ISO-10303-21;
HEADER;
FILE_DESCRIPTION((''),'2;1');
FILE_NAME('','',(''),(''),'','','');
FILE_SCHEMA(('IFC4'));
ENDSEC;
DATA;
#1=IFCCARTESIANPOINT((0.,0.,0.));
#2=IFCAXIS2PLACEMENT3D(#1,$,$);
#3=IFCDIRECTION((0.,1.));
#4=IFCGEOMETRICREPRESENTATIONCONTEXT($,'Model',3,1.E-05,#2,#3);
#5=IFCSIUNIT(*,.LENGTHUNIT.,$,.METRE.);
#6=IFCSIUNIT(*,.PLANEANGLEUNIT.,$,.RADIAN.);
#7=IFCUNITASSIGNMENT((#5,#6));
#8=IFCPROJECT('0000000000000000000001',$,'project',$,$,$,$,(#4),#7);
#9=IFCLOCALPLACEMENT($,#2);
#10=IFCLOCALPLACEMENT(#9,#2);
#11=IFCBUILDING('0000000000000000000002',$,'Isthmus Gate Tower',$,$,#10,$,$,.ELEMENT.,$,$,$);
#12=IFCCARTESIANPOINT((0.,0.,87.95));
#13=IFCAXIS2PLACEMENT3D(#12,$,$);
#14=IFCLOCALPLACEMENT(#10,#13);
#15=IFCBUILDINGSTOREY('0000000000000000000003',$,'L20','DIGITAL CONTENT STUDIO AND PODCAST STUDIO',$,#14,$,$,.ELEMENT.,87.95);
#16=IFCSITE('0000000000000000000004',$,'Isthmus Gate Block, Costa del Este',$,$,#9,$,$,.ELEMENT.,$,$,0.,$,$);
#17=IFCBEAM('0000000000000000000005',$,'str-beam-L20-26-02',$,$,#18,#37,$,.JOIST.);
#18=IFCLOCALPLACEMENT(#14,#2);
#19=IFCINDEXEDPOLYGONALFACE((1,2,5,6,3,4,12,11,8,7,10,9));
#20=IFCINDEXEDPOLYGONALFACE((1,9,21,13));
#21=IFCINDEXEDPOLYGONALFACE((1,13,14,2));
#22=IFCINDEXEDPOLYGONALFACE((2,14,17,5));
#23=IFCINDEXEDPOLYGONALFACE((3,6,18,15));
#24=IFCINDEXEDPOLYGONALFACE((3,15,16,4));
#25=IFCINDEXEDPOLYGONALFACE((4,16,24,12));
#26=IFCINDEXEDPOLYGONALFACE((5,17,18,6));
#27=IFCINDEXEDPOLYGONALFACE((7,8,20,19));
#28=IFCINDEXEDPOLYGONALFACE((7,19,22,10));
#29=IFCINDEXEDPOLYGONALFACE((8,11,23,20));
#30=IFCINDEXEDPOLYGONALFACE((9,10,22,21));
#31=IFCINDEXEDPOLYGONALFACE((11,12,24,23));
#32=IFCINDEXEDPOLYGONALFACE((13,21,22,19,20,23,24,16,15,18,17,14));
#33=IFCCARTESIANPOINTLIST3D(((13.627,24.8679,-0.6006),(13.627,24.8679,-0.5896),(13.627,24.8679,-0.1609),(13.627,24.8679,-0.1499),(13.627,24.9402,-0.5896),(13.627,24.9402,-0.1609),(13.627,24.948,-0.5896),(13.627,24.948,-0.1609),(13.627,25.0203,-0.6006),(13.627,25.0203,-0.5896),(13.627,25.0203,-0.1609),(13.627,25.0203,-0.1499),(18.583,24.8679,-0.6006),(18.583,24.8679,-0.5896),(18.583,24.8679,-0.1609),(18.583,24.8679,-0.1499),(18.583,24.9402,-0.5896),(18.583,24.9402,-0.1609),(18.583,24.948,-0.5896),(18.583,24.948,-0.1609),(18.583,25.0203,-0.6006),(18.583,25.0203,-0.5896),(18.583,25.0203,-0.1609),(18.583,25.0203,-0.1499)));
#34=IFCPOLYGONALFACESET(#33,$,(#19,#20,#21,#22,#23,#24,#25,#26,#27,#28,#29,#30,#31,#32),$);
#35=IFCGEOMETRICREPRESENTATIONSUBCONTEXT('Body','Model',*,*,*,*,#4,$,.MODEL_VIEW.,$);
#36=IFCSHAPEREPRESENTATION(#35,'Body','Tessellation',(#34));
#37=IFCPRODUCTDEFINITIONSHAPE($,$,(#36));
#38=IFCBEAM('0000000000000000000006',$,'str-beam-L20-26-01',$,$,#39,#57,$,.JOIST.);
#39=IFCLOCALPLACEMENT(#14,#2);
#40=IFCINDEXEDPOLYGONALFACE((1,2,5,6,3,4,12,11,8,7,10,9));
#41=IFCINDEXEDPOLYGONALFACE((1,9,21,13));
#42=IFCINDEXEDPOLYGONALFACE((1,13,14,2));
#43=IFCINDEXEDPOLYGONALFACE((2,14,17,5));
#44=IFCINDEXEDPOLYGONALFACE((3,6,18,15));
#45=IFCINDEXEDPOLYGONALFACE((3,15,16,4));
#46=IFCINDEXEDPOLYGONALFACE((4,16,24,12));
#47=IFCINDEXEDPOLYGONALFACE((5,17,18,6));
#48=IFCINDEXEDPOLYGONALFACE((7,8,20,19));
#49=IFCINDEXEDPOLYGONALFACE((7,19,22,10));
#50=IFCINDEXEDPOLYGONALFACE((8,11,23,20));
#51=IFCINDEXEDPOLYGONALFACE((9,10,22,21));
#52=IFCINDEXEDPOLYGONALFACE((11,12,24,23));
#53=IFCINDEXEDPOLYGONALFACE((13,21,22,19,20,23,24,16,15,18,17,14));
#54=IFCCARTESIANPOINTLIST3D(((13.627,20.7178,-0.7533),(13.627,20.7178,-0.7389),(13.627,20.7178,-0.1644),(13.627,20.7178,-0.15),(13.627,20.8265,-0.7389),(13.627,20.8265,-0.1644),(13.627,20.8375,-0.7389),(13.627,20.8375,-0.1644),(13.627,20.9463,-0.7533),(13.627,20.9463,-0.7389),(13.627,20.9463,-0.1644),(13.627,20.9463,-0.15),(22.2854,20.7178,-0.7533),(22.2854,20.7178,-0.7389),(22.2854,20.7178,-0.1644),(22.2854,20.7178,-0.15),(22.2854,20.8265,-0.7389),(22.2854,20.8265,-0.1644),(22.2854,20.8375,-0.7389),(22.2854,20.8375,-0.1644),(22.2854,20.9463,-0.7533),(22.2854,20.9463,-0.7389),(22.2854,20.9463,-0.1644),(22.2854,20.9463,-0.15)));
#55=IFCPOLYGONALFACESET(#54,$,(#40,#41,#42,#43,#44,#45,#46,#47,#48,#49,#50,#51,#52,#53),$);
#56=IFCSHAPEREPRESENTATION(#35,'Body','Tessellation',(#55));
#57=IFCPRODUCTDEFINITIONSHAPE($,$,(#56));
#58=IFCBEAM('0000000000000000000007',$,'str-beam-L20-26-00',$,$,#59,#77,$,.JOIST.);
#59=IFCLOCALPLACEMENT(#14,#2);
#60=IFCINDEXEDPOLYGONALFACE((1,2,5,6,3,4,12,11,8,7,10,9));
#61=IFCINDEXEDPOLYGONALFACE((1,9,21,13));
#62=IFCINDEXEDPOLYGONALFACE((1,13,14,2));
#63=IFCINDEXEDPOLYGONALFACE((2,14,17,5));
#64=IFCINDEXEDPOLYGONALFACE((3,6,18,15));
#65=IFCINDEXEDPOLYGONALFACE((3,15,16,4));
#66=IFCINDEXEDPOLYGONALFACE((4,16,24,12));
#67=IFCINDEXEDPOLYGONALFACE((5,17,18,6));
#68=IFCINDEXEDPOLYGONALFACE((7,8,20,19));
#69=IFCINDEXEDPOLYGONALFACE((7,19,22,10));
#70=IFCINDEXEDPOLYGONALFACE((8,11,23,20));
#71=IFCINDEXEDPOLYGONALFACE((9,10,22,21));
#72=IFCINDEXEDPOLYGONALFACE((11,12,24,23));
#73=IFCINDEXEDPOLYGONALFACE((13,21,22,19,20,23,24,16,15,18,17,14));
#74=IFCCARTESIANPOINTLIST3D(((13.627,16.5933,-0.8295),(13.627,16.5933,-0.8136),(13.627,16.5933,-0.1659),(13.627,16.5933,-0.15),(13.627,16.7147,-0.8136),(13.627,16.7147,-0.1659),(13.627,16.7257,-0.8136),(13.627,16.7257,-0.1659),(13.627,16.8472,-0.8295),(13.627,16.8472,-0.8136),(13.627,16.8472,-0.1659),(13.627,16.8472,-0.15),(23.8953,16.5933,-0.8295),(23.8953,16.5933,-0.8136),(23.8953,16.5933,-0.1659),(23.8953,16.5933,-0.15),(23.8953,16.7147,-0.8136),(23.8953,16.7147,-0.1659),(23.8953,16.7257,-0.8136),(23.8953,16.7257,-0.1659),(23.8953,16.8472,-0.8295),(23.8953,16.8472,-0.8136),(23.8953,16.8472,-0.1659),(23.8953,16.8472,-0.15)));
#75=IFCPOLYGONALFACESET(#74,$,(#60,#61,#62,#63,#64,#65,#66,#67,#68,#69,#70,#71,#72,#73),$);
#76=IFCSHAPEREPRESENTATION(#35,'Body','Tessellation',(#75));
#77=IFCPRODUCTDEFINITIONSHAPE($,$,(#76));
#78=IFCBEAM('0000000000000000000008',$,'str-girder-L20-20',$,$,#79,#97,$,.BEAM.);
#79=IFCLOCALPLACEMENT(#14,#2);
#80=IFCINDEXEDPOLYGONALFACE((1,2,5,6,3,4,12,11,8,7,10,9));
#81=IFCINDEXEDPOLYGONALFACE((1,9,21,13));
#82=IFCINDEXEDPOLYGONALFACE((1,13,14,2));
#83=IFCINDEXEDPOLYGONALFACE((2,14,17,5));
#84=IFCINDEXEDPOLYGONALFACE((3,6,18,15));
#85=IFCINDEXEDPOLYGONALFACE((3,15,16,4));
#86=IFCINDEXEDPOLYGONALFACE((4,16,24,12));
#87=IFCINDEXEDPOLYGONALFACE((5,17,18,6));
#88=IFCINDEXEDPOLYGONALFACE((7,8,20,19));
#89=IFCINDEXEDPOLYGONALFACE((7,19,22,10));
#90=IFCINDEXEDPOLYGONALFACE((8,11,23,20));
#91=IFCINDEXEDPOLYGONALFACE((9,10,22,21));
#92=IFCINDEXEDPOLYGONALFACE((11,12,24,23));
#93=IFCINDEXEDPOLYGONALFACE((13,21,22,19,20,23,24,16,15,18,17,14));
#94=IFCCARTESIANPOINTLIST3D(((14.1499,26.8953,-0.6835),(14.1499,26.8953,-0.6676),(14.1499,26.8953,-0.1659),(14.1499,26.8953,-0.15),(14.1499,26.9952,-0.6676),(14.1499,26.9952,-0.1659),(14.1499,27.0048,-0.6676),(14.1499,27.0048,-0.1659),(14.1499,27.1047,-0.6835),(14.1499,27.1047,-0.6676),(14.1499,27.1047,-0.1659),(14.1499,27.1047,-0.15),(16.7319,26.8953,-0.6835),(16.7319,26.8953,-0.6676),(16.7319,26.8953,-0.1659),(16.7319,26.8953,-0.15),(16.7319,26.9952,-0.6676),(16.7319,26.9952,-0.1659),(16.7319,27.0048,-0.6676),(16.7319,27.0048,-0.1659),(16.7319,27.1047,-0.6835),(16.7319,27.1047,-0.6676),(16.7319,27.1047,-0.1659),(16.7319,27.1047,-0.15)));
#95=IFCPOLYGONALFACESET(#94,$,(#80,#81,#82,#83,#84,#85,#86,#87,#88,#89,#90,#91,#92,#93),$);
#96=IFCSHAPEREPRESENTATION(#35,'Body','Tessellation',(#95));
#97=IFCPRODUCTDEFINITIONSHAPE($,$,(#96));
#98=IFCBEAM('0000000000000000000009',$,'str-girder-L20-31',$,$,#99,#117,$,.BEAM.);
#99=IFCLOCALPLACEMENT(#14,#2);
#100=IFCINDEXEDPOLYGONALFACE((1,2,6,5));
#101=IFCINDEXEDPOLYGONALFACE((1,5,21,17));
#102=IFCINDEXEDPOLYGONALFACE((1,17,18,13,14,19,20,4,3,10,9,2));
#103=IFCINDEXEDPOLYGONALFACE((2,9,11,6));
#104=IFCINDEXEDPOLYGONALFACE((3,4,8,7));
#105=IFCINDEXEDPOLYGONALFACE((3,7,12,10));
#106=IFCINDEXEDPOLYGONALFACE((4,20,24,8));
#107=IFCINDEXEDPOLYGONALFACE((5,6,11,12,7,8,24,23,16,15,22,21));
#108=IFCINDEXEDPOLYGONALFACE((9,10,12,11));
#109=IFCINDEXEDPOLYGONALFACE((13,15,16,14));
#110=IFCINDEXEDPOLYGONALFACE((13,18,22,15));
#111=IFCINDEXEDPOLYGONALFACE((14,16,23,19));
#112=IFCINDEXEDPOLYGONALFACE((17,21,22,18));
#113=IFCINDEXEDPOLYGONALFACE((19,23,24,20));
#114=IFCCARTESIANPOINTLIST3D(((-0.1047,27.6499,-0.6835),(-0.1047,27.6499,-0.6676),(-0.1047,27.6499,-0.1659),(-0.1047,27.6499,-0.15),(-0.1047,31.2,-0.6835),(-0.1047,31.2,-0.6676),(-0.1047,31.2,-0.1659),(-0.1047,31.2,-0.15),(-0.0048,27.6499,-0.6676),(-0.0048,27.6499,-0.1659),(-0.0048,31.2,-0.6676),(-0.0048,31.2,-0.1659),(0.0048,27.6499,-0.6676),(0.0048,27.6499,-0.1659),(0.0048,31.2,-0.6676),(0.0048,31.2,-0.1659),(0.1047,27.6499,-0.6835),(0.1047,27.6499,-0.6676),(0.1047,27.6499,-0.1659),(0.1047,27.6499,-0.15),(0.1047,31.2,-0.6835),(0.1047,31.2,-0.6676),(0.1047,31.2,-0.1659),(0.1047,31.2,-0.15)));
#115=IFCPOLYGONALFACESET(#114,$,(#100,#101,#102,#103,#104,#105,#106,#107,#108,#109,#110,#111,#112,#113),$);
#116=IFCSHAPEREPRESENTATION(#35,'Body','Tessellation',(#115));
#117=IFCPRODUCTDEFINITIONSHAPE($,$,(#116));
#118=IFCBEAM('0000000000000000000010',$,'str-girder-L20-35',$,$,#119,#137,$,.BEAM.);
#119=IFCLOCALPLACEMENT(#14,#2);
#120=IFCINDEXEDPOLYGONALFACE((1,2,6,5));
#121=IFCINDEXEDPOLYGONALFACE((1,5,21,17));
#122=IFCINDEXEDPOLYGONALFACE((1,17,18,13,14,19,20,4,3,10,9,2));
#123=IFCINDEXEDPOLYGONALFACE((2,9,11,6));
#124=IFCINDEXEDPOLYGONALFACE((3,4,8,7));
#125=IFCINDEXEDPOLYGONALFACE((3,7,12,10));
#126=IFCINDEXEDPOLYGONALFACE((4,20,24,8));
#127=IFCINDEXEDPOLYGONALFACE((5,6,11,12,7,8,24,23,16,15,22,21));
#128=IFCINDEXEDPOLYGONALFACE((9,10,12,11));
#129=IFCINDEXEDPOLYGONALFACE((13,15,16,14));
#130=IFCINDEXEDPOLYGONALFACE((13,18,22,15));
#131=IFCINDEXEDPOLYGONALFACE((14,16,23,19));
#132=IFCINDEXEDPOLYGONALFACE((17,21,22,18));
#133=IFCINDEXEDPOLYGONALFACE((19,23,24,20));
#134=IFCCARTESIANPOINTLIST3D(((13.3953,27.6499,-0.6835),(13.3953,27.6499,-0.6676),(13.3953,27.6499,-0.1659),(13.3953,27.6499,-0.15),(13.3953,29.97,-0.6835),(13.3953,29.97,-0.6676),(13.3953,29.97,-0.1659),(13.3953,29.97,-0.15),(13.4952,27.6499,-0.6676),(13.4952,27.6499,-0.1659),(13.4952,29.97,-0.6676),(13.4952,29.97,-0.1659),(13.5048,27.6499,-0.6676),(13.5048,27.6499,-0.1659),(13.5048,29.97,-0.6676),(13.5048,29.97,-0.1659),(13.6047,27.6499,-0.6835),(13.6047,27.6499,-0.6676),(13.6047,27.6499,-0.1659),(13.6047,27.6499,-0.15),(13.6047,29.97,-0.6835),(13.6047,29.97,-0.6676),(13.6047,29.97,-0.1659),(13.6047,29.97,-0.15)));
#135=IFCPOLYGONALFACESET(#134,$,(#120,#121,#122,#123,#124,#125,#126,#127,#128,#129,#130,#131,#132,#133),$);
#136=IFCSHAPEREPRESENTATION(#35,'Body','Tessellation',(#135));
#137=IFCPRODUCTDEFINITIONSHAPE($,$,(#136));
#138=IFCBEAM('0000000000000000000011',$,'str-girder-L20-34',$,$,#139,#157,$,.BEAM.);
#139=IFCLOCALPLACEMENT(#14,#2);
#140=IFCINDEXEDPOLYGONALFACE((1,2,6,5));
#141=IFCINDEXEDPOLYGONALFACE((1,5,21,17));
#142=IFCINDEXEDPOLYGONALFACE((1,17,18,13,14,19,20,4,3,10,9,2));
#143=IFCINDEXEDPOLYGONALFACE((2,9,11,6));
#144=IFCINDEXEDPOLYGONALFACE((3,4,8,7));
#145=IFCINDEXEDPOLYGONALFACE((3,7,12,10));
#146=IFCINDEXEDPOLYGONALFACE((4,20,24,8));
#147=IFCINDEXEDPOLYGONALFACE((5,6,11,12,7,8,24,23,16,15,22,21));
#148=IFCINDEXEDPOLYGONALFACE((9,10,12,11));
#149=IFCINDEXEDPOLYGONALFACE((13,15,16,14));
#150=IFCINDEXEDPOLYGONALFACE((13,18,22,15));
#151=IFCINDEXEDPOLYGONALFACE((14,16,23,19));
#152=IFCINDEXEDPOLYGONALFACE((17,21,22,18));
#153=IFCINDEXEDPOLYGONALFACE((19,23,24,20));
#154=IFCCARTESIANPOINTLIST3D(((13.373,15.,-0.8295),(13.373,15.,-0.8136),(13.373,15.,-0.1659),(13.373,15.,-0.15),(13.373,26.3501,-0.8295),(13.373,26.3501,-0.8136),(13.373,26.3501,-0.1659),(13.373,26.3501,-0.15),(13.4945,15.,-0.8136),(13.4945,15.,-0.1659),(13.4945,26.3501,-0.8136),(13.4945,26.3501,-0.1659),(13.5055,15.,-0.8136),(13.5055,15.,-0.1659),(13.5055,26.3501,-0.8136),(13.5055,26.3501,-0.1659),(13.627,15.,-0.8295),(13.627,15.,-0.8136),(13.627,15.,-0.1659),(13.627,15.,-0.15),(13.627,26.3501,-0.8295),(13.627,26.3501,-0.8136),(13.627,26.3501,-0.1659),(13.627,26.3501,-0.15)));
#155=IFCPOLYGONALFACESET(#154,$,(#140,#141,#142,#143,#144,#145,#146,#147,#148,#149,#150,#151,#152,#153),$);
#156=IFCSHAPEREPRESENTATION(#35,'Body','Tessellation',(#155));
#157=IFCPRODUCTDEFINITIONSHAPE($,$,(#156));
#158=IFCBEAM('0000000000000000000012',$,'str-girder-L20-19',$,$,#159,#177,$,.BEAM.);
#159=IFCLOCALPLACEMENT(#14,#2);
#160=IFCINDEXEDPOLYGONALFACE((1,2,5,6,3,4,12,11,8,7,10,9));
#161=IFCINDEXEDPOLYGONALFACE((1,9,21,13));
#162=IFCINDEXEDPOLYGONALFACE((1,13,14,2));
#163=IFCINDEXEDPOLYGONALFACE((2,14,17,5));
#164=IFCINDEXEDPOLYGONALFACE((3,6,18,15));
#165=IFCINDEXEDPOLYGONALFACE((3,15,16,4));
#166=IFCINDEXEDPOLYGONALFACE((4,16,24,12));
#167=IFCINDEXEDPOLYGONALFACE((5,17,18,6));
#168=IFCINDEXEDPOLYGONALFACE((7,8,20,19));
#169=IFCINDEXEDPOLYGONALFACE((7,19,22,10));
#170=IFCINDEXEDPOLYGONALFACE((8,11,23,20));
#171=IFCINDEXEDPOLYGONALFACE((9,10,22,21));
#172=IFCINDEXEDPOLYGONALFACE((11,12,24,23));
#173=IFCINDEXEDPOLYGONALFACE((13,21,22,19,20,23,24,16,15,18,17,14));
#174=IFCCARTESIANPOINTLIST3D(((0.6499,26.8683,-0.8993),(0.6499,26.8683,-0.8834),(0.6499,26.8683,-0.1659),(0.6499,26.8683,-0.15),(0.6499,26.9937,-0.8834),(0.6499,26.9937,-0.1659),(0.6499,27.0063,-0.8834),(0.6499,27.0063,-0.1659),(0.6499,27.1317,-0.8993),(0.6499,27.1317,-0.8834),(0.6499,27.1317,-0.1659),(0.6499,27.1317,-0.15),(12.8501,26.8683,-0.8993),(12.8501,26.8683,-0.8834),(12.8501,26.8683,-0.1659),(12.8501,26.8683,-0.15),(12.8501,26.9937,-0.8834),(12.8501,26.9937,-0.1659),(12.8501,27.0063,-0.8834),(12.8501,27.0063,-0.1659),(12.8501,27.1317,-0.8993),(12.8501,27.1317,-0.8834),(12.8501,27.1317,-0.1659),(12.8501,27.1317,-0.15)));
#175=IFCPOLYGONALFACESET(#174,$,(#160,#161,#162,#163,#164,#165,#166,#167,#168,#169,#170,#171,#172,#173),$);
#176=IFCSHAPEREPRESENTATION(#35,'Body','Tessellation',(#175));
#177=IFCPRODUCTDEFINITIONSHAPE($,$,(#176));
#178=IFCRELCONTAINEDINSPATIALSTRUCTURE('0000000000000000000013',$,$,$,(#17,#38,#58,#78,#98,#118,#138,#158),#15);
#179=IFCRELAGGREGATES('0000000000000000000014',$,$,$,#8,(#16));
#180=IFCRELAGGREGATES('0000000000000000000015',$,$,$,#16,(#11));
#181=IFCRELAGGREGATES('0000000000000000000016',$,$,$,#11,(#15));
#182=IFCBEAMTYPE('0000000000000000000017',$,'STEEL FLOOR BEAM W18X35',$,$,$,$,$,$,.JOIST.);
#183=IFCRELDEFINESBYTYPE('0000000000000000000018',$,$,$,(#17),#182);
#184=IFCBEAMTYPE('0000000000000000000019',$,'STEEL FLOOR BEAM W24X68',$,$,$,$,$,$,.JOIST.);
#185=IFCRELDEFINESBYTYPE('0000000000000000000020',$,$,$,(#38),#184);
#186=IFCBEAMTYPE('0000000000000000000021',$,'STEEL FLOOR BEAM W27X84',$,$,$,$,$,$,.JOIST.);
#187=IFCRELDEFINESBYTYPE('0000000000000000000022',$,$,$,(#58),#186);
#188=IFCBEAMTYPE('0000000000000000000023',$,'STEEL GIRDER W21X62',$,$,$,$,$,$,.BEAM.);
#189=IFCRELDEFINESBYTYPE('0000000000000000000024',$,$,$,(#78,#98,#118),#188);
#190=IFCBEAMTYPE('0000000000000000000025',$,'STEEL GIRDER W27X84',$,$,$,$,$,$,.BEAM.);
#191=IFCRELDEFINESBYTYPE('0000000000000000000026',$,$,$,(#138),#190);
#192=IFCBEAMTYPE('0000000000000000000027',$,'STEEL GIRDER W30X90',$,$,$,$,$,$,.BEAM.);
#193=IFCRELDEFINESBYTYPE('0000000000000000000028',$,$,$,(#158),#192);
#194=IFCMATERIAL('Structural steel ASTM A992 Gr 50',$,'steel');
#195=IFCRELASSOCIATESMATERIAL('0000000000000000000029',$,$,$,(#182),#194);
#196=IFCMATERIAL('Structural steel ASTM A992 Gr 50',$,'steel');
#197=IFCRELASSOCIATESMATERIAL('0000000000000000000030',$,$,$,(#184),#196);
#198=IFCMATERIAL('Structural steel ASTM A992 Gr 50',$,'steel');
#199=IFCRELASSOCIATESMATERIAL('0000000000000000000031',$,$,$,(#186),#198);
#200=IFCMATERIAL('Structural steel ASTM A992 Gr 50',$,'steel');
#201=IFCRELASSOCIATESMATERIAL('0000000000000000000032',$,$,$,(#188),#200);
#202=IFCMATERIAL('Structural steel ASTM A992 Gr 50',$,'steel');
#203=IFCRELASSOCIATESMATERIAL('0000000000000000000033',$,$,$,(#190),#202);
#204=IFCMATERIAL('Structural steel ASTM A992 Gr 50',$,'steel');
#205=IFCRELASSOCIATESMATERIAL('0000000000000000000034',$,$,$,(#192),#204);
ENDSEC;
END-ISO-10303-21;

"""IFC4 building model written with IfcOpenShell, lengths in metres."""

from ifc_helpers import new_model, si_unit, direction, frame, origin, origin_2d, place, context, subcontext, project, spatial, i_section, extrude, material, material_profile, profile_set, type_object, element, save


model = new_model("IFC4")

# Units and contexts
model_context = context("Model", 3, precision=1e-05, world=origin(), true_north=direction((0.0, 1.0)))
body_context = subcontext(model_context, "Body", "Model", "MODEL_VIEW")
ifc_project = project(units=[si_unit("LENGTHUNIT", "METRE"), si_unit("PLANEANGLEUNIT", "RADIAN")], contexts=[model_context])

# Site, building, storey
site_placement = place(None, origin())
site = spatial("IfcSite", under=ifc_project, at=site_placement, Name="Isthmus Gate Block, Costa del Este", CompositionType="ELEMENT", RefElevation=0.0)
building_placement = place(site_placement, origin())
building = spatial("IfcBuilding", under=site, at=building_placement, Name="Isthmus Gate Tower", CompositionType="ELEMENT")
storey_placement = place(building_placement, frame((0.0, 0.0, 87.95)))
storey = spatial("IfcBuildingStorey", under=building, at=storey_placement, Name="L20", Description="DIGITAL CONTENT STUDIO AND PODCAST STUDIO", CompositionType="ELEMENT", Elevation=87.95)

# Beams
ifc_material_1 = material(Name="Structural steel ASTM A992 Gr 50", Category="steel")
ifc_material_profile_1 = material_profile(ifc_material_1, i_section(OverallWidth=0.1523, OverallDepth=0.4507, WebThickness=0.0078, FlangeThickness=0.011, at=origin_2d()), Name="W18X35")
ifc_profile_set_1 = profile_set([ifc_material_profile_1], Name="Structural steel ASTM A992 Gr 50")
beam_type_1 = type_object("IfcBeamType", Name="STEEL FLOOR BEAM W18X35", PredefinedType="JOIST", material=ifc_profile_set_1)
beam_1_placement = place(storey_placement, frame((13.627, 24.9441, -0.3752), z_axis=(1.0, 0.0, 0.0), x_axis=(0.0, 1.0, 0.0)))
element("IfcBeam", 1, at=beam_1_placement, inside=storey, type_object=beam_type_1, Name="str-beam-L20-26-02", PredefinedType="JOIST", context=body_context, shape_type="SweptSolid", body=[
    extrude(i_section(OverallWidth=0.1523, OverallDepth=0.4507, WebThickness=0.0078, FlangeThickness=0.011, at=origin_2d()), origin(), (0.0, 0.0, 1.0), 4.9561),
])
ifc_material_2 = material(Name="Structural steel ASTM A992 Gr 50", Category="steel")
ifc_material_profile_2 = material_profile(ifc_material_2, i_section(OverallWidth=0.2285, OverallDepth=0.6033, WebThickness=0.011, FlangeThickness=0.0144, at=origin_2d()), Name="W24X68")
ifc_profile_set_2 = profile_set([ifc_material_profile_2], Name="Structural steel ASTM A992 Gr 50")
beam_type_2 = type_object("IfcBeamType", Name="STEEL FLOOR BEAM W24X68", PredefinedType="JOIST", material=ifc_profile_set_2)
beam_2_placement = place(storey_placement, frame((13.627, 20.832, -0.4517), z_axis=(1.0, 0.0, 0.0), x_axis=(0.0, 1.0, 0.0)))
element("IfcBeam", 2, at=beam_2_placement, inside=storey, type_object=beam_type_2, Name="str-beam-L20-26-01", PredefinedType="JOIST", context=body_context, shape_type="SweptSolid", body=[
    extrude(i_section(OverallWidth=0.2285, OverallDepth=0.6033, WebThickness=0.011, FlangeThickness=0.0144, at=origin_2d()), origin(), (0.0, 0.0, 1.0), 8.6584),
])
ifc_material_3 = material(Name="Structural steel ASTM A992 Gr 50", Category="steel")
ifc_material_profile_3 = material_profile(ifc_material_3, i_section(OverallWidth=0.2539, OverallDepth=0.6794, WebThickness=0.011, FlangeThickness=0.0159, at=origin_2d()), Name="W27X84")
ifc_profile_set_3 = profile_set([ifc_material_profile_3], Name="Structural steel ASTM A992 Gr 50")
beam_type_3 = type_object("IfcBeamType", Name="STEEL FLOOR BEAM W27X84", PredefinedType="JOIST", material=ifc_profile_set_3)
beam_3_placement = place(storey_placement, frame((13.627, 16.7202, -0.4897), z_axis=(1.0, 0.0, 0.0), x_axis=(0.0, 1.0, 0.0)))
element("IfcBeam", 3, at=beam_3_placement, inside=storey, type_object=beam_type_3, Name="str-beam-L20-26-00", PredefinedType="JOIST", context=body_context, shape_type="SweptSolid", body=[
    extrude(i_section(OverallWidth=0.2539, OverallDepth=0.6794, WebThickness=0.011, FlangeThickness=0.0159, at=origin_2d()), origin(), (0.0, 0.0, 1.0), 10.2683),
])
ifc_material_4 = material(Name="Structural steel ASTM A992 Gr 50", Category="steel")
ifc_material_profile_4 = material_profile(ifc_material_4, i_section(OverallWidth=0.2095, OverallDepth=0.5334, WebThickness=0.0095, FlangeThickness=0.0159, at=origin_2d()), Name="W21X62")
ifc_profile_set_4 = profile_set([ifc_material_profile_4], Name="Structural steel ASTM A992 Gr 50")
beam_type_4 = type_object("IfcBeamType", Name="STEEL GIRDER W21X62", PredefinedType="BEAM", material=ifc_profile_set_4)
beam_4_placement = place(storey_placement, frame((14.1499, 27.0, -0.4167), z_axis=(1.0, 0.0, 0.0), x_axis=(0.0, 1.0, 0.0)))
element("IfcBeam", 4, at=beam_4_placement, inside=storey, type_object=beam_type_4, Name="str-girder-L20-20", PredefinedType="BEAM", context=body_context, shape_type="SweptSolid", body=[
    extrude(i_section(OverallWidth=0.2095, OverallDepth=0.5334, WebThickness=0.0095, FlangeThickness=0.0159, at=origin_2d()), origin(), (0.0, 0.0, 1.0), 2.582),
])
beam_5_placement = place(storey_placement, frame((0.0, 27.6499, -0.4167), z_axis=(0.0, 1.0, 0.0), x_axis=(-1.0, 0.0, 0.0)))
element("IfcBeam", 5, at=beam_5_placement, inside=storey, type_object=beam_type_4, Name="str-girder-L20-31", PredefinedType="BEAM", context=body_context, shape_type="SweptSolid", body=[
    extrude(i_section(OverallWidth=0.2095, OverallDepth=0.5334, WebThickness=0.0095, FlangeThickness=0.0159, at=origin_2d()), origin(), (0.0, 0.0, 1.0), 3.55),
])
beam_6_placement = place(storey_placement, frame((13.5, 27.6499, -0.4167), z_axis=(0.0, 1.0, 0.0), x_axis=(-1.0, 0.0, 0.0)))
element("IfcBeam", 6, at=beam_6_placement, inside=storey, type_object=beam_type_4, Name="str-girder-L20-35", PredefinedType="BEAM", context=body_context, shape_type="SweptSolid", body=[
    extrude(i_section(OverallWidth=0.2095, OverallDepth=0.5334, WebThickness=0.0095, FlangeThickness=0.0159, at=origin_2d()), origin(), (0.0, 0.0, 1.0), 2.3201),
])
ifc_material_5 = material(Name="Structural steel ASTM A992 Gr 50", Category="steel")
ifc_material_profile_5 = material_profile(ifc_material_5, i_section(OverallWidth=0.2539, OverallDepth=0.6794, WebThickness=0.011, FlangeThickness=0.0159, at=origin_2d()), Name="W27X84")
ifc_profile_set_5 = profile_set([ifc_material_profile_5], Name="Structural steel ASTM A992 Gr 50")
beam_type_5 = type_object("IfcBeamType", Name="STEEL GIRDER W27X84", PredefinedType="BEAM", material=ifc_profile_set_5)
beam_7_placement = place(storey_placement, frame((13.5, 15.0, -0.4897), z_axis=(0.0, 1.0, 0.0), x_axis=(-1.0, 0.0, 0.0)))
element("IfcBeam", 7, at=beam_7_placement, inside=storey, type_object=beam_type_5, Name="str-girder-L20-34", PredefinedType="BEAM", context=body_context, shape_type="SweptSolid", body=[
    extrude(i_section(OverallWidth=0.2539, OverallDepth=0.6794, WebThickness=0.011, FlangeThickness=0.0159, at=origin_2d()), origin(), (0.0, 0.0, 1.0), 11.3501),
])
ifc_material_6 = material(Name="Structural steel ASTM A992 Gr 50", Category="steel")
ifc_material_profile_6 = material_profile(ifc_material_6, i_section(OverallWidth=0.2634, OverallDepth=0.7493, WebThickness=0.0127, FlangeThickness=0.0159, at=origin_2d()), Name="W30X90")
ifc_profile_set_6 = profile_set([ifc_material_profile_6], Name="Structural steel ASTM A992 Gr 50")
beam_type_6 = type_object("IfcBeamType", Name="STEEL GIRDER W30X90", PredefinedType="BEAM", material=ifc_profile_set_6)
beam_8_placement = place(storey_placement, frame((0.6499, 27.0, -0.5247), z_axis=(1.0, 0.0, 0.0), x_axis=(0.0, 1.0, 0.0)))
element("IfcBeam", 8, at=beam_8_placement, inside=storey, type_object=beam_type_6, Name="str-girder-L20-19", PredefinedType="BEAM", context=body_context, shape_type="SweptSolid", body=[
    extrude(i_section(OverallWidth=0.2634, OverallDepth=0.7493, WebThickness=0.0127, FlangeThickness=0.0159, at=origin_2d()), origin(), (0.0, 0.0, 1.0), 12.2002),
])

save(model, "model.ifc")
